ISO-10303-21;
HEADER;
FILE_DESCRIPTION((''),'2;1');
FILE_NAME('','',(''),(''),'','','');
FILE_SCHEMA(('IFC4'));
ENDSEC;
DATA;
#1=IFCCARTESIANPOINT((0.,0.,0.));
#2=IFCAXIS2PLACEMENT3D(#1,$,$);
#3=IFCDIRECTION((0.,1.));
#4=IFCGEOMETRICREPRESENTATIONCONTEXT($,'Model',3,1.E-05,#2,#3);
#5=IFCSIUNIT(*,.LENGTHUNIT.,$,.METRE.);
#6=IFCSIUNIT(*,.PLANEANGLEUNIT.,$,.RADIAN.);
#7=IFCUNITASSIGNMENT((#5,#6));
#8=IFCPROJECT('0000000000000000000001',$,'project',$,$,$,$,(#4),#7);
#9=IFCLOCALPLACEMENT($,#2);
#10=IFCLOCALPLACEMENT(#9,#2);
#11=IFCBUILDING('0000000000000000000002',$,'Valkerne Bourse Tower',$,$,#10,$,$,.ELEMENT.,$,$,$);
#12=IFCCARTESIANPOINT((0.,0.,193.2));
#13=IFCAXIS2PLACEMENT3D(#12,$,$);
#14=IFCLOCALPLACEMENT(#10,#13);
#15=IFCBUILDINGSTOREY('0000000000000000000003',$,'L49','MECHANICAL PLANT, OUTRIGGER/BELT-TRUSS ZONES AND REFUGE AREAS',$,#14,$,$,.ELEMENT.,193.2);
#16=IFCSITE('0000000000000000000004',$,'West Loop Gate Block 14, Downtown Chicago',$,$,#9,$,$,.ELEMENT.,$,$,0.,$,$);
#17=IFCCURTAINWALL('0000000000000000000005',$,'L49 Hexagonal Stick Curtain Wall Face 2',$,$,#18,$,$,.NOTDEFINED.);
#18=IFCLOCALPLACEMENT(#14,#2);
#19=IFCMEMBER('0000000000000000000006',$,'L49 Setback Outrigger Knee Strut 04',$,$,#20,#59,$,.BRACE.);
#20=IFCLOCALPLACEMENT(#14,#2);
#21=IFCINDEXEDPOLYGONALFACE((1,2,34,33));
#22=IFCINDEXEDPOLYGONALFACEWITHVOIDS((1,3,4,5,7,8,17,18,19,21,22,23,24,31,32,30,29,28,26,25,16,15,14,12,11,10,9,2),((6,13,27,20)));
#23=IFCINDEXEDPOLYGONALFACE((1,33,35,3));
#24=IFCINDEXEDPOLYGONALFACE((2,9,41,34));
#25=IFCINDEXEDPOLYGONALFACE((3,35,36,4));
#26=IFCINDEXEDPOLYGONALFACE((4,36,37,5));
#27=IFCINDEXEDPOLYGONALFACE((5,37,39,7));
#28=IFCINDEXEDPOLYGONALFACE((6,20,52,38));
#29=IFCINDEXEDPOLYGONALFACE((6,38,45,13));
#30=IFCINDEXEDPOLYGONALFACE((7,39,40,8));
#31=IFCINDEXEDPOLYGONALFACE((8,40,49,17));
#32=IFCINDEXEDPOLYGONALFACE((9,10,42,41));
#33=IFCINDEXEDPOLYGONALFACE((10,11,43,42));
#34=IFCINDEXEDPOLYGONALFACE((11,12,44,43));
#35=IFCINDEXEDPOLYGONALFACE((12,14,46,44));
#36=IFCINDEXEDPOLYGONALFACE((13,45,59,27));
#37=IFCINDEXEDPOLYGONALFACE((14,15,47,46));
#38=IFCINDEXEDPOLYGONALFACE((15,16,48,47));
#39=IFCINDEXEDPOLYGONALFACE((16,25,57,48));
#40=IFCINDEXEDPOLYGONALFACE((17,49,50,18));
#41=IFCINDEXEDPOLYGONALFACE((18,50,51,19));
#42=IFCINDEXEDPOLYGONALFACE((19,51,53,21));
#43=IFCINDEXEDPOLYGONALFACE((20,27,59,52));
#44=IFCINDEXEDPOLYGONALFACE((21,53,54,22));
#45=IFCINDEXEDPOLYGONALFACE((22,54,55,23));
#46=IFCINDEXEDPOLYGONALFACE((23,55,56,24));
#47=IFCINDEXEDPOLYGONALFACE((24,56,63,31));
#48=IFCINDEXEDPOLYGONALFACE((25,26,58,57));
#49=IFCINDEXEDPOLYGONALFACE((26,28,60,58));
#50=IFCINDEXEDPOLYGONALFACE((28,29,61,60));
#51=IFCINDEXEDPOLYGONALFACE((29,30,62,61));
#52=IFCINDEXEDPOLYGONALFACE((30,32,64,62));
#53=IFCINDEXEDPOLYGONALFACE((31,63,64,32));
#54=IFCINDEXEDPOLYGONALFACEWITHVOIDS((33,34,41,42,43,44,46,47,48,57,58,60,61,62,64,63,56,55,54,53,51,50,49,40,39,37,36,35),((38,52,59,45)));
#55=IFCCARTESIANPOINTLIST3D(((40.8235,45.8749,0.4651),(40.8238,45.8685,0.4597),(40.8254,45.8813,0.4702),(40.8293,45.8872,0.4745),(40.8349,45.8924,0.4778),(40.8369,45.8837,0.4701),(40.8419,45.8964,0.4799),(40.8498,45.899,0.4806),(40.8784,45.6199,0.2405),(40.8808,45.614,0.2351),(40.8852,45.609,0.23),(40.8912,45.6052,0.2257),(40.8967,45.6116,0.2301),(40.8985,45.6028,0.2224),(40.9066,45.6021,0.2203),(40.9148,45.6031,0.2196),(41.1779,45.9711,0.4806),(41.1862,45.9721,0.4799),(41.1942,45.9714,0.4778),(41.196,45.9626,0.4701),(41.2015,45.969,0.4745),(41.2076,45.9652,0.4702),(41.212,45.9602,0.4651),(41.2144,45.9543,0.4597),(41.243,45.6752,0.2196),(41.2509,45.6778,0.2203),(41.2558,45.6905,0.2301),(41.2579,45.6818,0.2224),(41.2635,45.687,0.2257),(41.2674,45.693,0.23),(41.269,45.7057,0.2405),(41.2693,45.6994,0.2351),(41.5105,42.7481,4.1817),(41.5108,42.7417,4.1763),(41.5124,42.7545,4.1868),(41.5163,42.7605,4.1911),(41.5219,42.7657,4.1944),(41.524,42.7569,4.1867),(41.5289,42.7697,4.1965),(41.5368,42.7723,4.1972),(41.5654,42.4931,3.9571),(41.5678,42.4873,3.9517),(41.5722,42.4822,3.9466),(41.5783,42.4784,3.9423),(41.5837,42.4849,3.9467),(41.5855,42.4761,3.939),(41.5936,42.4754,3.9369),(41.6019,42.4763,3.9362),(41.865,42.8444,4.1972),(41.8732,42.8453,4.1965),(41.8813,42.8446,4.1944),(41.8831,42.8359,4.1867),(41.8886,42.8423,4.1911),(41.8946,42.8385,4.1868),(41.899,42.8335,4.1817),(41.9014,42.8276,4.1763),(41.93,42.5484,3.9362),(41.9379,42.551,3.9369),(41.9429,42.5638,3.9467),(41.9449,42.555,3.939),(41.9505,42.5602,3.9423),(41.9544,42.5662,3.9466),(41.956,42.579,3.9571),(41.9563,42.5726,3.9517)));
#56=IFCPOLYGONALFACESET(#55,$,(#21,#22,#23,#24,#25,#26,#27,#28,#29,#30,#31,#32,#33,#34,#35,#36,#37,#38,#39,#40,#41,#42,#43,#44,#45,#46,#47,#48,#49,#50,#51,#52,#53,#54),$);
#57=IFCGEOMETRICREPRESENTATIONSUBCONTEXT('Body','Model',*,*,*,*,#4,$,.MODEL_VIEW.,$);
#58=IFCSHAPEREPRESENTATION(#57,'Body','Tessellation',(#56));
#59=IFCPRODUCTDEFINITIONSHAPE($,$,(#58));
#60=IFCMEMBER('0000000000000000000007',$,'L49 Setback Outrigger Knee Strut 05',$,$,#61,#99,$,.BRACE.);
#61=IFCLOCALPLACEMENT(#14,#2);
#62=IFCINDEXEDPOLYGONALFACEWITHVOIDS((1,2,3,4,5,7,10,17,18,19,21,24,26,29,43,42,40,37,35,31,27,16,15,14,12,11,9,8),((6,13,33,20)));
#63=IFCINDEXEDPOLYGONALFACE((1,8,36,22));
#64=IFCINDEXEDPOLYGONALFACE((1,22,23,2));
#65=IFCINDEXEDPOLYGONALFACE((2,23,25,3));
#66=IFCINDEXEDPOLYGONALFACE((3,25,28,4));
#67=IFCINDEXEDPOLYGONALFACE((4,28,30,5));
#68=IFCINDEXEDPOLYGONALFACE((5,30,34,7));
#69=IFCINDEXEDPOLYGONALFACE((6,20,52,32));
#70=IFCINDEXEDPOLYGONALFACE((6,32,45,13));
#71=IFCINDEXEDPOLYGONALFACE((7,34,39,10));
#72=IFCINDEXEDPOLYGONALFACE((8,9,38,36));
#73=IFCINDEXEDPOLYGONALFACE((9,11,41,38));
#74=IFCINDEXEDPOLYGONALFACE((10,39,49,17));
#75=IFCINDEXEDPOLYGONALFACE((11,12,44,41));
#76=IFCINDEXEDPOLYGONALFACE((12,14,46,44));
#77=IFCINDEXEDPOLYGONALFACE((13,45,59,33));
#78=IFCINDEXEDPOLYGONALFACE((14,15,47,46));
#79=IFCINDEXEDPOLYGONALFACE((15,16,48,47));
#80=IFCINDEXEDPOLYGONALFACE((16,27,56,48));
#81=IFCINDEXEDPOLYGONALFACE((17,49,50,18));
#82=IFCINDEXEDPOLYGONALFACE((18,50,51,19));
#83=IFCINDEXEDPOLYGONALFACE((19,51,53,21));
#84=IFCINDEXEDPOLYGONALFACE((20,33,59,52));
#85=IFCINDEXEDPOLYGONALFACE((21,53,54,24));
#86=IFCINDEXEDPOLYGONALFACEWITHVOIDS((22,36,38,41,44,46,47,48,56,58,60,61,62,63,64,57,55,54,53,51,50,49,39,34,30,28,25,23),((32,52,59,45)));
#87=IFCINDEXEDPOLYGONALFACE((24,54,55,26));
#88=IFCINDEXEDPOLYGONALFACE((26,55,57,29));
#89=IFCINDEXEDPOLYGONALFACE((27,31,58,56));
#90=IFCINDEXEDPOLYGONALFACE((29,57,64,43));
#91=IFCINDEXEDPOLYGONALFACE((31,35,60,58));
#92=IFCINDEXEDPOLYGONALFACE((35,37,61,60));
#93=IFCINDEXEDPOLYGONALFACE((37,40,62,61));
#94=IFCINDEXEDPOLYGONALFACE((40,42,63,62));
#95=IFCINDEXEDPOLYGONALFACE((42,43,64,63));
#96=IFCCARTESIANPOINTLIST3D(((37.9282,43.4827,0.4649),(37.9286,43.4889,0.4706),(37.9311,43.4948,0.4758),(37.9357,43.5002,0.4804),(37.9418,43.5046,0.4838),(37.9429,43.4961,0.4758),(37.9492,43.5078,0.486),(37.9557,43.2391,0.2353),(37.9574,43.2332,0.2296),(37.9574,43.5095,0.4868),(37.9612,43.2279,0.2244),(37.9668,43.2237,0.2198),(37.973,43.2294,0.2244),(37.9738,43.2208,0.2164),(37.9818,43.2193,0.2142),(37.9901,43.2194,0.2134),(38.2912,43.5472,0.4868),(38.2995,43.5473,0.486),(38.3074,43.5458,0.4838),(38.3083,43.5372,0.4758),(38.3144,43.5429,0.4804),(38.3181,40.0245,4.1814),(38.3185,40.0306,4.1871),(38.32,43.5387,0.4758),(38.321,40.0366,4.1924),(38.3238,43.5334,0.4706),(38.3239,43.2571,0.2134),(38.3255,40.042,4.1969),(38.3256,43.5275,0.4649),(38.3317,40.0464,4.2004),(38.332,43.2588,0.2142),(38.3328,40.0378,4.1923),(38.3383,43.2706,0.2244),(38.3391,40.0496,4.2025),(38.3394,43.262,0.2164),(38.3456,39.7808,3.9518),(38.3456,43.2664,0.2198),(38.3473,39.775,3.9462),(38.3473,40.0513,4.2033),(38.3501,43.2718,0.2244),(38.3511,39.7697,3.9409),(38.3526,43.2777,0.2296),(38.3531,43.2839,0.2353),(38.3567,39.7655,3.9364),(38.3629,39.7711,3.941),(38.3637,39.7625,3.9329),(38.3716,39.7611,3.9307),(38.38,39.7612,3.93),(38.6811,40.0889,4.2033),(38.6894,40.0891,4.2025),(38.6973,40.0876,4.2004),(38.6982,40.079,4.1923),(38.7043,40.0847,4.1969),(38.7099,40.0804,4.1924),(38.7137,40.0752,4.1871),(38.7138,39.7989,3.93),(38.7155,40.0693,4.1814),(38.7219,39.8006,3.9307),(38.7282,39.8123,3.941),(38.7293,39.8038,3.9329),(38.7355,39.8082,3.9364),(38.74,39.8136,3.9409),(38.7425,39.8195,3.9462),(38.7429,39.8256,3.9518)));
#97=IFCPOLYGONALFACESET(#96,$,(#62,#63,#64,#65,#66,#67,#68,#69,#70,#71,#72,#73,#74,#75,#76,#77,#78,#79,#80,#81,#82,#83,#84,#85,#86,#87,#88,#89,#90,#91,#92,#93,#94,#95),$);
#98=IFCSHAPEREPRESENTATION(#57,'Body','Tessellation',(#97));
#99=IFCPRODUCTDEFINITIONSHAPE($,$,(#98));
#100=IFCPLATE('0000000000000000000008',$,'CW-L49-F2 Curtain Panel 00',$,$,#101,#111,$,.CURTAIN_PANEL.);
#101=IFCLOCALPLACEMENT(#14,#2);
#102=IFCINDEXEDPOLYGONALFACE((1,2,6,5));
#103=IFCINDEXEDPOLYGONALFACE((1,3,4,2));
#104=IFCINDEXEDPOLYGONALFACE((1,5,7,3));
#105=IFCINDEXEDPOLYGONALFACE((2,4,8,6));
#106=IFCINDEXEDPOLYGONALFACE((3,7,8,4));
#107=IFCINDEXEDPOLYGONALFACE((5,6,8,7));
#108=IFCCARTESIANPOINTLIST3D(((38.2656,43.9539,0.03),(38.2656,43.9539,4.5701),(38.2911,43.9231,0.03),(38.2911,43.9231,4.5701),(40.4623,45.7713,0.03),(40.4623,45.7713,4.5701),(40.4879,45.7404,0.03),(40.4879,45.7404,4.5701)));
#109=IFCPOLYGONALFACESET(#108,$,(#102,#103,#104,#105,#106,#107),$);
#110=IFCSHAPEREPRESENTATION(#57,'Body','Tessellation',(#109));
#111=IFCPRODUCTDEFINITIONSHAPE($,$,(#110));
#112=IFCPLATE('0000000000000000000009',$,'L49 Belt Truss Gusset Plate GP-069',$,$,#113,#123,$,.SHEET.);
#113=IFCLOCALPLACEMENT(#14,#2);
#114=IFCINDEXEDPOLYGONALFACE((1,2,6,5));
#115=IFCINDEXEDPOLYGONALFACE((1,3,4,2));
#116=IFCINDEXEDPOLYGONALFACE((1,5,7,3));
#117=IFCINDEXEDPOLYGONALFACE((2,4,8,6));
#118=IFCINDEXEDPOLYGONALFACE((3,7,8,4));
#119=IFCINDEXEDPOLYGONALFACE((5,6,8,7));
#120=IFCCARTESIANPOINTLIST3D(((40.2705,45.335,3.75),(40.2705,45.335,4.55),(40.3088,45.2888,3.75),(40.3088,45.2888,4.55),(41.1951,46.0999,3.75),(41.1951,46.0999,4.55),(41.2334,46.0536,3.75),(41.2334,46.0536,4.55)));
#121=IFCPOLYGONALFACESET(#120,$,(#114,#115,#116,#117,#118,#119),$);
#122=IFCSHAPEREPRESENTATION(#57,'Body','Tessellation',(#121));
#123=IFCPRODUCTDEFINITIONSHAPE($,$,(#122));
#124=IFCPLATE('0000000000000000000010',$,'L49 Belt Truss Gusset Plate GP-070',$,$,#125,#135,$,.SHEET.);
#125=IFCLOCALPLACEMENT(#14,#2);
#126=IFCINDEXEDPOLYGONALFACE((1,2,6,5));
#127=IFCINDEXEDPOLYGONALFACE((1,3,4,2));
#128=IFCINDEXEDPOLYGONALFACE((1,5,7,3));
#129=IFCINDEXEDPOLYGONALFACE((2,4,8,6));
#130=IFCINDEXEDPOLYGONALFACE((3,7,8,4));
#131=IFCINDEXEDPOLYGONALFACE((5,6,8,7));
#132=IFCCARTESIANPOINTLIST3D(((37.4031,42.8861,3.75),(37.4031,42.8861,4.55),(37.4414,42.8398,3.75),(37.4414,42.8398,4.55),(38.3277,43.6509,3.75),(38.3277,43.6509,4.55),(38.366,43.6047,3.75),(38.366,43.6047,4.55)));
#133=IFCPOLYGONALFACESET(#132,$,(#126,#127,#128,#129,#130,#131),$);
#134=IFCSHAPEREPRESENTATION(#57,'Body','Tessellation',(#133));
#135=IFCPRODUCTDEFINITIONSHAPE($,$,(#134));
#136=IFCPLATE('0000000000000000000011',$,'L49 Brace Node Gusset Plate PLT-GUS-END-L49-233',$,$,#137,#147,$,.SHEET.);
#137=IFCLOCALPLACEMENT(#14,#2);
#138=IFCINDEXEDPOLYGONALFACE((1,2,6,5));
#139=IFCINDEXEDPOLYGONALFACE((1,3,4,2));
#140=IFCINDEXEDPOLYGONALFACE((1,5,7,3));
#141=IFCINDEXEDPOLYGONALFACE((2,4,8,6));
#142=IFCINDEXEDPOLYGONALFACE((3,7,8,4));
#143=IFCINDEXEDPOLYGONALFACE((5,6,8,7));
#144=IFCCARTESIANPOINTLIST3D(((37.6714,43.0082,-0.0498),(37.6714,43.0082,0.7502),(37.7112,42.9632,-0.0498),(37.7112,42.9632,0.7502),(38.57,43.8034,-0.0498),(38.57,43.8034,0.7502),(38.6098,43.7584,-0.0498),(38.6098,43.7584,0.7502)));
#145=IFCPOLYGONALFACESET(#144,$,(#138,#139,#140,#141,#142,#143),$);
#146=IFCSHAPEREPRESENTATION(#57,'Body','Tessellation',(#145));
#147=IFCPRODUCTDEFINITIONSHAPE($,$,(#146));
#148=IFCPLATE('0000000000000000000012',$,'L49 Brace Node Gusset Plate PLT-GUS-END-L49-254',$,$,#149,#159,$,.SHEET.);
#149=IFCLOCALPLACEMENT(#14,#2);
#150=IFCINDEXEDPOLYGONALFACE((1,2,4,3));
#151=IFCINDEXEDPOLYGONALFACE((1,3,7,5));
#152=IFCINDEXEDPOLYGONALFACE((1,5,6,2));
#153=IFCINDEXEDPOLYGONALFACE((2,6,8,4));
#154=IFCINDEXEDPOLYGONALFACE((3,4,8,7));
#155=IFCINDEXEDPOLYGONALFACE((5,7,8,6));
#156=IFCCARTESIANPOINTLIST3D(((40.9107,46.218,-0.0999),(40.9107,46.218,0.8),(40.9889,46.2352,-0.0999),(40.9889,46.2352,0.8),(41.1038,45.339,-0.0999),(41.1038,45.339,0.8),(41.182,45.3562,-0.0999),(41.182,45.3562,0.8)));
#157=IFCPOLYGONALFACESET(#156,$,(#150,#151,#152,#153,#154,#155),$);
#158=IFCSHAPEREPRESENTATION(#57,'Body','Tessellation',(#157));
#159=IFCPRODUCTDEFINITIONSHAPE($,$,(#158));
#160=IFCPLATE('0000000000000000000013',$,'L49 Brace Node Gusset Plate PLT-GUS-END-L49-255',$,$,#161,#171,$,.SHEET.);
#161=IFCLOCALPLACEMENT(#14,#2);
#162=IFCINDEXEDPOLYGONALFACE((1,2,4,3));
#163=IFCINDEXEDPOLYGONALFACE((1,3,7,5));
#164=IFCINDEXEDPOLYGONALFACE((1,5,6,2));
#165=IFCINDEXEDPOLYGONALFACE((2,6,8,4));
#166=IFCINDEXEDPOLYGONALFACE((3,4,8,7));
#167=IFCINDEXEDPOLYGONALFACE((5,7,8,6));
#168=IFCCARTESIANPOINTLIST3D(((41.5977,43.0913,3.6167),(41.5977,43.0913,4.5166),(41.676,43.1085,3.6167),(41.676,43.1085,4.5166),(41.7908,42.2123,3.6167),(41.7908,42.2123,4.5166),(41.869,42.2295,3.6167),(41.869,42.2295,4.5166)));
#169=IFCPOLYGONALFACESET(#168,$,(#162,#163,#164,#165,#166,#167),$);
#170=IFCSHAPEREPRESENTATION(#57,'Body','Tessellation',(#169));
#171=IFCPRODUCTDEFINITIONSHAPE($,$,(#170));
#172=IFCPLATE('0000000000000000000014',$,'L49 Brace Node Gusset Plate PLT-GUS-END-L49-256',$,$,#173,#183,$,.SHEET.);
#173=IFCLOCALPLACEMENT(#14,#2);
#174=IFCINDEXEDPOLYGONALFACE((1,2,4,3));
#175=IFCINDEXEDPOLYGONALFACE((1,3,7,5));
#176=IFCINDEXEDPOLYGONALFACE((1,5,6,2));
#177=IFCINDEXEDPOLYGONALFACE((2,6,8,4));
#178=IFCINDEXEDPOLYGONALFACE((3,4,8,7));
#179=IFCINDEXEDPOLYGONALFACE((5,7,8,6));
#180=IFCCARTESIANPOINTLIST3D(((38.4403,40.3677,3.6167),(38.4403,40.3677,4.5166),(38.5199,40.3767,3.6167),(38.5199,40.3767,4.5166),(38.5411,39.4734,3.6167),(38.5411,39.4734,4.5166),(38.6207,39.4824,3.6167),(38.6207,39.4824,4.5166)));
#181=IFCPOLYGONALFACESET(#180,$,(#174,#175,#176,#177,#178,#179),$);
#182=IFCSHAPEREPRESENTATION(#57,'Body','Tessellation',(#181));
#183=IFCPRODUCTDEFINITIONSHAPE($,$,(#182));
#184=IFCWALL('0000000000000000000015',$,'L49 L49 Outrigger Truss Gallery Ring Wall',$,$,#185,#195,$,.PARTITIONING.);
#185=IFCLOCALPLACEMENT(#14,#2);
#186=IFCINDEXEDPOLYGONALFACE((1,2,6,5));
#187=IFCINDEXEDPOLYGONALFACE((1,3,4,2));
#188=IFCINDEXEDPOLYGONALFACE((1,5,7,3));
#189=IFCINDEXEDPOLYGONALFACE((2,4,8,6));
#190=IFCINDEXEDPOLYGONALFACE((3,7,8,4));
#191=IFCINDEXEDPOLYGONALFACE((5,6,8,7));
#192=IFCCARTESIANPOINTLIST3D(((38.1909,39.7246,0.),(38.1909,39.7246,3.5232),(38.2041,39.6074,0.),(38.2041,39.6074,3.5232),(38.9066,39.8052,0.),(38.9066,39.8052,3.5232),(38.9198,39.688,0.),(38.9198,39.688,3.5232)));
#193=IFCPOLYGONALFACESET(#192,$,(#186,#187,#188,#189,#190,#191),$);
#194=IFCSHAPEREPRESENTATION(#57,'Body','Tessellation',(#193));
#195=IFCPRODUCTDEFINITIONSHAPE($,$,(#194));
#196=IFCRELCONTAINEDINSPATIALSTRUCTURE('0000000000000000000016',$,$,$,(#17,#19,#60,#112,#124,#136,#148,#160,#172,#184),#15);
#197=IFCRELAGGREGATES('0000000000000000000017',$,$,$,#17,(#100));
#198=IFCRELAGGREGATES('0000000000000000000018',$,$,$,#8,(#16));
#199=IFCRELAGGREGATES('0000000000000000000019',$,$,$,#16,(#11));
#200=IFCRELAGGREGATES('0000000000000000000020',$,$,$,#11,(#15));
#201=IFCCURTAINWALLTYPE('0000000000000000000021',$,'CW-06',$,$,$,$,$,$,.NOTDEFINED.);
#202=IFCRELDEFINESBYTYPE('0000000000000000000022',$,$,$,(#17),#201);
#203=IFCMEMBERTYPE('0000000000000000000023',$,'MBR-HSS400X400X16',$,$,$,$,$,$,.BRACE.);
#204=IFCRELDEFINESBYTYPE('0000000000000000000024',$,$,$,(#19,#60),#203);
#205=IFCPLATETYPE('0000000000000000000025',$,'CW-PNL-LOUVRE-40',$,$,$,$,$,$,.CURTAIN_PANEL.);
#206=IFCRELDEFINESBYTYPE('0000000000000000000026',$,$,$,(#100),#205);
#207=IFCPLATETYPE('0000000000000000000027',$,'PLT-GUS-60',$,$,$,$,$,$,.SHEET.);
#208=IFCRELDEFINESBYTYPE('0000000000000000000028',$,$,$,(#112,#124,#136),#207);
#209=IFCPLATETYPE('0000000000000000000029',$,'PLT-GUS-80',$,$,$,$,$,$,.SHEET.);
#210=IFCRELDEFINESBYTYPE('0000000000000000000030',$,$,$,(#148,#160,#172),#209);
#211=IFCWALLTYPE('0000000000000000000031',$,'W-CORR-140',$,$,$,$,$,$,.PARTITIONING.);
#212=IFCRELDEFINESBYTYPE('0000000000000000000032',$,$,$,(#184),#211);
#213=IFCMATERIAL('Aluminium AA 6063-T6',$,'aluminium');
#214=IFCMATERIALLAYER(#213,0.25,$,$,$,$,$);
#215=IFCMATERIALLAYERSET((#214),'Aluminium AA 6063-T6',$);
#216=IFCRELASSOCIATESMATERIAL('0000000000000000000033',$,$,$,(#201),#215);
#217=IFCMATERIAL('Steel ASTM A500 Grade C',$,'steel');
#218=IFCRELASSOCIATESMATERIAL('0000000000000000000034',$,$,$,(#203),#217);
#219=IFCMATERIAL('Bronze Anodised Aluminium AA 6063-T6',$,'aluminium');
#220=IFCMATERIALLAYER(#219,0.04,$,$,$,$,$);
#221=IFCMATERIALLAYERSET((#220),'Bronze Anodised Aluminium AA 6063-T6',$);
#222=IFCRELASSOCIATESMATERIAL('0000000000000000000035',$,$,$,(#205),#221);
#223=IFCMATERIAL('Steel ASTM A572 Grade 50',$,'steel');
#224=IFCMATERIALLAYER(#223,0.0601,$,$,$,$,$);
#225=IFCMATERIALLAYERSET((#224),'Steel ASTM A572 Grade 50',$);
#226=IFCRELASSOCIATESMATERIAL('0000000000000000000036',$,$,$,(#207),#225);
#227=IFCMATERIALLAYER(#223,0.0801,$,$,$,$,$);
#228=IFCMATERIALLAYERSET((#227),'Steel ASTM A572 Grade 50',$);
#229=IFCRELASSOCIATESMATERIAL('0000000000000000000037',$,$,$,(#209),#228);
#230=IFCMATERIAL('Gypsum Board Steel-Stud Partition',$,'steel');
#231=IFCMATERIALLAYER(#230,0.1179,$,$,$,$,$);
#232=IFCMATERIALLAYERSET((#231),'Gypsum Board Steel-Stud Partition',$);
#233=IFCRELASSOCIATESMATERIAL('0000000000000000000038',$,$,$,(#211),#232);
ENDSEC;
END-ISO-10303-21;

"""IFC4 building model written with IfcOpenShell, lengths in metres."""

from ifc_helpers import new_model, si_unit, direction, frame, frame_2d, origin, origin_2d, place, context, subcontext, project, spatial, rectangle, hollow_rectangle, extrude, material, layer, layer_set, material_profile, profile_set, type_object, element, aggregate, save


model = new_model("IFC4")

# Units and contexts
model_context = context("Model", 3, precision=1e-05, world=origin(), true_north=direction((0.0, 1.0)))
body_context = subcontext(model_context, "Body", "Model", "MODEL_VIEW")
ifc_project = project(units=[si_unit("LENGTHUNIT", "METRE"), si_unit("PLANEANGLEUNIT", "RADIAN")], contexts=[model_context])

# Site, building, storey
site_placement = place(None, origin())
site = spatial("IfcSite", under=ifc_project, at=site_placement, Name="West Loop Gate Block 14, Downtown Chicago", CompositionType="ELEMENT", RefElevation=0.0)
building_placement = place(site_placement, origin())
building = spatial("IfcBuilding", under=site, at=building_placement, Name="Valkerne Bourse Tower", CompositionType="ELEMENT")
storey_placement = place(building_placement, frame((0.0, 0.0, 193.2)))
storey = spatial("IfcBuildingStorey", under=building, at=storey_placement, Name="L49", Description="MECHANICAL PLANT, OUTRIGGER/BELT-TRUSS ZONES AND REFUGE AREAS", CompositionType="ELEMENT", Elevation=193.2)

# Curtain wall
ifc_material_1 = material(Name="Aluminium AA 6063-T6", Category="aluminium")
ifc_layer_1 = layer(ifc_material_1, 0.25)
ifc_layer_set_1 = layer_set([ifc_layer_1], Name="Aluminium AA 6063-T6")
curtain_wall_type = type_object("IfcCurtainWallType", Name="CW-06", PredefinedType="NOTDEFINED", material=ifc_layer_set_1)
curtain_wall_placement = place(storey_placement, origin())
curtain_wall = element("IfcCurtainWall", 1, at=curtain_wall_placement, inside=storey, type_object=curtain_wall_type, Name="L49 Hexagonal Stick Curtain Wall Face 2", PredefinedType="NOTDEFINED")

# Members
ifc_material_2 = material(Name="Steel ASTM A500 Grade C", Category="steel")
ifc_material_profile_1 = material_profile(ifc_material_2, hollow_rectangle(XDim=0.3999, YDim=0.3999, WallThickness=0.0161, OuterFilletRadius=0.032, at=origin_2d()), Name="HSS400X400X16")
ifc_profile_set_1 = profile_set([ifc_material_profile_1], Name="Steel ASTM A500 Grade C")
member_type_1 = type_object("IfcMemberType", Name="MBR-HSS400X400X16", PredefinedType="BRACE", material=ifc_profile_set_1)
member_1_placement = place(storey_placement, frame((41.0464, 45.7871, 0.3501), z_axis=(0.140058, -0.637426, 0.757675), x_axis=(0.976701, 0.214604, 0.0)))
element("IfcMember", 2, at=member_1_placement, inside=storey, type_object=member_type_1, Name="L49 Setback Outrigger Knee Strut 04", PredefinedType="BRACE", context=body_context, shape_type="SweptSolid", body=[
    extrude(hollow_rectangle(XDim=0.3999, YDim=0.3999, WallThickness=0.0161, OuterFilletRadius=0.032, at=origin_2d()), origin(), (0.0, 0.0, 1.0), 4.9053),
])
member_2_placement = place(storey_placement, frame((38.1406, 43.3833, 0.3501), z_axis=(0.076576, -0.679209, 0.72994), x_axis=(0.993704, 0.112033, 0.0)))
element("IfcMember", 3, at=member_2_placement, inside=storey, type_object=member_type_1, Name="L49 Setback Outrigger Knee Strut 05", PredefinedType="BRACE", context=body_context, shape_type="SweptSolid", body=[
    extrude(hollow_rectangle(XDim=0.3999, YDim=0.3999, WallThickness=0.0161, OuterFilletRadius=0.032, at=origin_2d()), origin(), (0.0, 0.0, 1.0), 5.0916),
])

# Plate
ifc_material_3 = material(Name="Bronze Anodised Aluminium AA 6063-T6", Category="aluminium")
ifc_layer_2 = layer(ifc_material_3, 0.04)
ifc_layer_set_2 = layer_set([ifc_layer_2], Name="Bronze Anodised Aluminium AA 6063-T6")
plate_type_1 = type_object("IfcPlateType", Name="CW-PNL-LOUVRE-40", PredefinedType="CURTAIN_PANEL", material=ifc_layer_set_2)
plate_placement = place(storey_placement, frame((39.3767, 44.8472, 0.03), z_axis=(0.0, 0.0, 1.0), x_axis=(-0.770503, -0.637436, 0.0)))
plate = element("IfcPlate", 4, at=plate_placement, type_object=plate_type_1, Name="CW-L49-F2 Curtain Panel 00", PredefinedType="CURTAIN_PANEL", context=body_context, shape_type="SweptSolid", body=[
    extrude(rectangle(XDim=2.8511, YDim=0.04, at=origin_2d()), origin(), (0.0, 0.0, 1.0), 4.54),
])
aggregate(curtain_wall, [plate])

# Plates
ifc_material_4 = material(Name="Steel ASTM A572 Grade 50", Category="steel")
ifc_layer_3 = layer(ifc_material_4, 0.0601)
ifc_layer_set_3 = layer_set([ifc_layer_3], Name="Steel ASTM A572 Grade 50")
plate_type_2 = type_object("IfcPlateType", Name="PLT-GUS-60", PredefinedType="SHEET", material=ifc_layer_set_3)
for number, where, z_axis, x_axis, name in (
    (5, (40.752, 45.6943, 3.75), (0.0, 0.0, 1.0), (-0.770513, -0.637424, 0.0), "L49 Belt Truss Gusset Plate GP-069"),
    (6, (37.8845, 43.2454, 3.75), (0.0, 0.0, 1.0), (-0.770513, -0.637424, 0.0), "L49 Belt Truss Gusset Plate GP-070"),
    (7, (38.1406, 43.3833, -0.0498), (0.0, 0.0, 1.0), (0.74884, 0.662751, 0.0), "L49 Brace Node Gusset Plate PLT-GUS-END-L49-233"),
):
    element("IfcPlate", number, at=place(storey_placement, frame(where, z_axis=z_axis, x_axis=x_axis)), inside=storey, type_object=plate_type_2, Name=name, PredefinedType="SHEET", context=body_context, shape_type="SweptSolid", body=[
        extrude(rectangle(XDim=1.2, YDim=0.0601, at=origin_2d()), origin(), (0.0, 0.0, 1.0), 0.8),
    ])
ifc_layer_4 = layer(ifc_material_4, 0.0801)
ifc_layer_set_4 = layer_set([ifc_layer_4], Name="Steel ASTM A572 Grade 50")
plate_type_3 = type_object("IfcPlateType", Name="PLT-GUS-80", PredefinedType="SHEET", material=ifc_layer_set_4)
for number, where, z_axis, x_axis, name in (
    (8, (41.0464, 45.7871, -0.0999), (0.0, 0.0, 1.0), (0.214565, -0.97671, 0.0), "L49 Brace Node Gusset Plate PLT-GUS-END-L49-254"),
    (9, (41.7334, 42.6604, 3.6167), (0.0, 0.0, 1.0), (0.214565, -0.97671, 0.0), "L49 Brace Node Gusset Plate PLT-GUS-END-L49-255"),
    (10, (38.5305, 39.925, 3.6167), (0.0, 0.0, 1.0), (0.111989, -0.993709, 0.0), "L49 Brace Node Gusset Plate PLT-GUS-END-L49-256"),
):
    element("IfcPlate", number, at=place(storey_placement, frame(where, z_axis=z_axis, x_axis=x_axis)), inside=storey, type_object=plate_type_3, Name=name, PredefinedType="SHEET", context=body_context, shape_type="SweptSolid", body=[
        extrude(rectangle(XDim=0.8999, YDim=0.0801, at=origin_2d()), origin(), (0.0, 0.0, 1.0), 0.8999),
    ])

# Wall
ifc_material_5 = material(Name="Gypsum Board Steel-Stud Partition", Category="steel")
ifc_layer_5 = layer(ifc_material_5, 0.1179)
ifc_layer_set_5 = layer_set([ifc_layer_5], Name="Gypsum Board Steel-Stud Partition")
wall_type_1 = type_object("IfcWallType", Name="W-CORR-140", PredefinedType="PARTITIONING", material=ifc_layer_set_5)
wall_1_placement = place(storey_placement, frame((38.1975, 39.666, 0.0), z_axis=(0.0, 0.0, 1.0), x_axis=(0.993721, 0.111883, 0.0)))
element("IfcWall", 11, at=wall_1_placement, inside=storey, type_object=wall_type_1, Name="L49 L49 Outrigger Truss Gallery Ring Wall", PredefinedType="PARTITIONING", context=body_context, shape_type="SweptSolid", body=[
    extrude(rectangle(XDim=0.7202, YDim=0.1179, at=frame_2d((0.3601, 0.0))), origin(), (0.0, 0.0, 1.0), 3.5232),
])

save(model, "model.ifc")
